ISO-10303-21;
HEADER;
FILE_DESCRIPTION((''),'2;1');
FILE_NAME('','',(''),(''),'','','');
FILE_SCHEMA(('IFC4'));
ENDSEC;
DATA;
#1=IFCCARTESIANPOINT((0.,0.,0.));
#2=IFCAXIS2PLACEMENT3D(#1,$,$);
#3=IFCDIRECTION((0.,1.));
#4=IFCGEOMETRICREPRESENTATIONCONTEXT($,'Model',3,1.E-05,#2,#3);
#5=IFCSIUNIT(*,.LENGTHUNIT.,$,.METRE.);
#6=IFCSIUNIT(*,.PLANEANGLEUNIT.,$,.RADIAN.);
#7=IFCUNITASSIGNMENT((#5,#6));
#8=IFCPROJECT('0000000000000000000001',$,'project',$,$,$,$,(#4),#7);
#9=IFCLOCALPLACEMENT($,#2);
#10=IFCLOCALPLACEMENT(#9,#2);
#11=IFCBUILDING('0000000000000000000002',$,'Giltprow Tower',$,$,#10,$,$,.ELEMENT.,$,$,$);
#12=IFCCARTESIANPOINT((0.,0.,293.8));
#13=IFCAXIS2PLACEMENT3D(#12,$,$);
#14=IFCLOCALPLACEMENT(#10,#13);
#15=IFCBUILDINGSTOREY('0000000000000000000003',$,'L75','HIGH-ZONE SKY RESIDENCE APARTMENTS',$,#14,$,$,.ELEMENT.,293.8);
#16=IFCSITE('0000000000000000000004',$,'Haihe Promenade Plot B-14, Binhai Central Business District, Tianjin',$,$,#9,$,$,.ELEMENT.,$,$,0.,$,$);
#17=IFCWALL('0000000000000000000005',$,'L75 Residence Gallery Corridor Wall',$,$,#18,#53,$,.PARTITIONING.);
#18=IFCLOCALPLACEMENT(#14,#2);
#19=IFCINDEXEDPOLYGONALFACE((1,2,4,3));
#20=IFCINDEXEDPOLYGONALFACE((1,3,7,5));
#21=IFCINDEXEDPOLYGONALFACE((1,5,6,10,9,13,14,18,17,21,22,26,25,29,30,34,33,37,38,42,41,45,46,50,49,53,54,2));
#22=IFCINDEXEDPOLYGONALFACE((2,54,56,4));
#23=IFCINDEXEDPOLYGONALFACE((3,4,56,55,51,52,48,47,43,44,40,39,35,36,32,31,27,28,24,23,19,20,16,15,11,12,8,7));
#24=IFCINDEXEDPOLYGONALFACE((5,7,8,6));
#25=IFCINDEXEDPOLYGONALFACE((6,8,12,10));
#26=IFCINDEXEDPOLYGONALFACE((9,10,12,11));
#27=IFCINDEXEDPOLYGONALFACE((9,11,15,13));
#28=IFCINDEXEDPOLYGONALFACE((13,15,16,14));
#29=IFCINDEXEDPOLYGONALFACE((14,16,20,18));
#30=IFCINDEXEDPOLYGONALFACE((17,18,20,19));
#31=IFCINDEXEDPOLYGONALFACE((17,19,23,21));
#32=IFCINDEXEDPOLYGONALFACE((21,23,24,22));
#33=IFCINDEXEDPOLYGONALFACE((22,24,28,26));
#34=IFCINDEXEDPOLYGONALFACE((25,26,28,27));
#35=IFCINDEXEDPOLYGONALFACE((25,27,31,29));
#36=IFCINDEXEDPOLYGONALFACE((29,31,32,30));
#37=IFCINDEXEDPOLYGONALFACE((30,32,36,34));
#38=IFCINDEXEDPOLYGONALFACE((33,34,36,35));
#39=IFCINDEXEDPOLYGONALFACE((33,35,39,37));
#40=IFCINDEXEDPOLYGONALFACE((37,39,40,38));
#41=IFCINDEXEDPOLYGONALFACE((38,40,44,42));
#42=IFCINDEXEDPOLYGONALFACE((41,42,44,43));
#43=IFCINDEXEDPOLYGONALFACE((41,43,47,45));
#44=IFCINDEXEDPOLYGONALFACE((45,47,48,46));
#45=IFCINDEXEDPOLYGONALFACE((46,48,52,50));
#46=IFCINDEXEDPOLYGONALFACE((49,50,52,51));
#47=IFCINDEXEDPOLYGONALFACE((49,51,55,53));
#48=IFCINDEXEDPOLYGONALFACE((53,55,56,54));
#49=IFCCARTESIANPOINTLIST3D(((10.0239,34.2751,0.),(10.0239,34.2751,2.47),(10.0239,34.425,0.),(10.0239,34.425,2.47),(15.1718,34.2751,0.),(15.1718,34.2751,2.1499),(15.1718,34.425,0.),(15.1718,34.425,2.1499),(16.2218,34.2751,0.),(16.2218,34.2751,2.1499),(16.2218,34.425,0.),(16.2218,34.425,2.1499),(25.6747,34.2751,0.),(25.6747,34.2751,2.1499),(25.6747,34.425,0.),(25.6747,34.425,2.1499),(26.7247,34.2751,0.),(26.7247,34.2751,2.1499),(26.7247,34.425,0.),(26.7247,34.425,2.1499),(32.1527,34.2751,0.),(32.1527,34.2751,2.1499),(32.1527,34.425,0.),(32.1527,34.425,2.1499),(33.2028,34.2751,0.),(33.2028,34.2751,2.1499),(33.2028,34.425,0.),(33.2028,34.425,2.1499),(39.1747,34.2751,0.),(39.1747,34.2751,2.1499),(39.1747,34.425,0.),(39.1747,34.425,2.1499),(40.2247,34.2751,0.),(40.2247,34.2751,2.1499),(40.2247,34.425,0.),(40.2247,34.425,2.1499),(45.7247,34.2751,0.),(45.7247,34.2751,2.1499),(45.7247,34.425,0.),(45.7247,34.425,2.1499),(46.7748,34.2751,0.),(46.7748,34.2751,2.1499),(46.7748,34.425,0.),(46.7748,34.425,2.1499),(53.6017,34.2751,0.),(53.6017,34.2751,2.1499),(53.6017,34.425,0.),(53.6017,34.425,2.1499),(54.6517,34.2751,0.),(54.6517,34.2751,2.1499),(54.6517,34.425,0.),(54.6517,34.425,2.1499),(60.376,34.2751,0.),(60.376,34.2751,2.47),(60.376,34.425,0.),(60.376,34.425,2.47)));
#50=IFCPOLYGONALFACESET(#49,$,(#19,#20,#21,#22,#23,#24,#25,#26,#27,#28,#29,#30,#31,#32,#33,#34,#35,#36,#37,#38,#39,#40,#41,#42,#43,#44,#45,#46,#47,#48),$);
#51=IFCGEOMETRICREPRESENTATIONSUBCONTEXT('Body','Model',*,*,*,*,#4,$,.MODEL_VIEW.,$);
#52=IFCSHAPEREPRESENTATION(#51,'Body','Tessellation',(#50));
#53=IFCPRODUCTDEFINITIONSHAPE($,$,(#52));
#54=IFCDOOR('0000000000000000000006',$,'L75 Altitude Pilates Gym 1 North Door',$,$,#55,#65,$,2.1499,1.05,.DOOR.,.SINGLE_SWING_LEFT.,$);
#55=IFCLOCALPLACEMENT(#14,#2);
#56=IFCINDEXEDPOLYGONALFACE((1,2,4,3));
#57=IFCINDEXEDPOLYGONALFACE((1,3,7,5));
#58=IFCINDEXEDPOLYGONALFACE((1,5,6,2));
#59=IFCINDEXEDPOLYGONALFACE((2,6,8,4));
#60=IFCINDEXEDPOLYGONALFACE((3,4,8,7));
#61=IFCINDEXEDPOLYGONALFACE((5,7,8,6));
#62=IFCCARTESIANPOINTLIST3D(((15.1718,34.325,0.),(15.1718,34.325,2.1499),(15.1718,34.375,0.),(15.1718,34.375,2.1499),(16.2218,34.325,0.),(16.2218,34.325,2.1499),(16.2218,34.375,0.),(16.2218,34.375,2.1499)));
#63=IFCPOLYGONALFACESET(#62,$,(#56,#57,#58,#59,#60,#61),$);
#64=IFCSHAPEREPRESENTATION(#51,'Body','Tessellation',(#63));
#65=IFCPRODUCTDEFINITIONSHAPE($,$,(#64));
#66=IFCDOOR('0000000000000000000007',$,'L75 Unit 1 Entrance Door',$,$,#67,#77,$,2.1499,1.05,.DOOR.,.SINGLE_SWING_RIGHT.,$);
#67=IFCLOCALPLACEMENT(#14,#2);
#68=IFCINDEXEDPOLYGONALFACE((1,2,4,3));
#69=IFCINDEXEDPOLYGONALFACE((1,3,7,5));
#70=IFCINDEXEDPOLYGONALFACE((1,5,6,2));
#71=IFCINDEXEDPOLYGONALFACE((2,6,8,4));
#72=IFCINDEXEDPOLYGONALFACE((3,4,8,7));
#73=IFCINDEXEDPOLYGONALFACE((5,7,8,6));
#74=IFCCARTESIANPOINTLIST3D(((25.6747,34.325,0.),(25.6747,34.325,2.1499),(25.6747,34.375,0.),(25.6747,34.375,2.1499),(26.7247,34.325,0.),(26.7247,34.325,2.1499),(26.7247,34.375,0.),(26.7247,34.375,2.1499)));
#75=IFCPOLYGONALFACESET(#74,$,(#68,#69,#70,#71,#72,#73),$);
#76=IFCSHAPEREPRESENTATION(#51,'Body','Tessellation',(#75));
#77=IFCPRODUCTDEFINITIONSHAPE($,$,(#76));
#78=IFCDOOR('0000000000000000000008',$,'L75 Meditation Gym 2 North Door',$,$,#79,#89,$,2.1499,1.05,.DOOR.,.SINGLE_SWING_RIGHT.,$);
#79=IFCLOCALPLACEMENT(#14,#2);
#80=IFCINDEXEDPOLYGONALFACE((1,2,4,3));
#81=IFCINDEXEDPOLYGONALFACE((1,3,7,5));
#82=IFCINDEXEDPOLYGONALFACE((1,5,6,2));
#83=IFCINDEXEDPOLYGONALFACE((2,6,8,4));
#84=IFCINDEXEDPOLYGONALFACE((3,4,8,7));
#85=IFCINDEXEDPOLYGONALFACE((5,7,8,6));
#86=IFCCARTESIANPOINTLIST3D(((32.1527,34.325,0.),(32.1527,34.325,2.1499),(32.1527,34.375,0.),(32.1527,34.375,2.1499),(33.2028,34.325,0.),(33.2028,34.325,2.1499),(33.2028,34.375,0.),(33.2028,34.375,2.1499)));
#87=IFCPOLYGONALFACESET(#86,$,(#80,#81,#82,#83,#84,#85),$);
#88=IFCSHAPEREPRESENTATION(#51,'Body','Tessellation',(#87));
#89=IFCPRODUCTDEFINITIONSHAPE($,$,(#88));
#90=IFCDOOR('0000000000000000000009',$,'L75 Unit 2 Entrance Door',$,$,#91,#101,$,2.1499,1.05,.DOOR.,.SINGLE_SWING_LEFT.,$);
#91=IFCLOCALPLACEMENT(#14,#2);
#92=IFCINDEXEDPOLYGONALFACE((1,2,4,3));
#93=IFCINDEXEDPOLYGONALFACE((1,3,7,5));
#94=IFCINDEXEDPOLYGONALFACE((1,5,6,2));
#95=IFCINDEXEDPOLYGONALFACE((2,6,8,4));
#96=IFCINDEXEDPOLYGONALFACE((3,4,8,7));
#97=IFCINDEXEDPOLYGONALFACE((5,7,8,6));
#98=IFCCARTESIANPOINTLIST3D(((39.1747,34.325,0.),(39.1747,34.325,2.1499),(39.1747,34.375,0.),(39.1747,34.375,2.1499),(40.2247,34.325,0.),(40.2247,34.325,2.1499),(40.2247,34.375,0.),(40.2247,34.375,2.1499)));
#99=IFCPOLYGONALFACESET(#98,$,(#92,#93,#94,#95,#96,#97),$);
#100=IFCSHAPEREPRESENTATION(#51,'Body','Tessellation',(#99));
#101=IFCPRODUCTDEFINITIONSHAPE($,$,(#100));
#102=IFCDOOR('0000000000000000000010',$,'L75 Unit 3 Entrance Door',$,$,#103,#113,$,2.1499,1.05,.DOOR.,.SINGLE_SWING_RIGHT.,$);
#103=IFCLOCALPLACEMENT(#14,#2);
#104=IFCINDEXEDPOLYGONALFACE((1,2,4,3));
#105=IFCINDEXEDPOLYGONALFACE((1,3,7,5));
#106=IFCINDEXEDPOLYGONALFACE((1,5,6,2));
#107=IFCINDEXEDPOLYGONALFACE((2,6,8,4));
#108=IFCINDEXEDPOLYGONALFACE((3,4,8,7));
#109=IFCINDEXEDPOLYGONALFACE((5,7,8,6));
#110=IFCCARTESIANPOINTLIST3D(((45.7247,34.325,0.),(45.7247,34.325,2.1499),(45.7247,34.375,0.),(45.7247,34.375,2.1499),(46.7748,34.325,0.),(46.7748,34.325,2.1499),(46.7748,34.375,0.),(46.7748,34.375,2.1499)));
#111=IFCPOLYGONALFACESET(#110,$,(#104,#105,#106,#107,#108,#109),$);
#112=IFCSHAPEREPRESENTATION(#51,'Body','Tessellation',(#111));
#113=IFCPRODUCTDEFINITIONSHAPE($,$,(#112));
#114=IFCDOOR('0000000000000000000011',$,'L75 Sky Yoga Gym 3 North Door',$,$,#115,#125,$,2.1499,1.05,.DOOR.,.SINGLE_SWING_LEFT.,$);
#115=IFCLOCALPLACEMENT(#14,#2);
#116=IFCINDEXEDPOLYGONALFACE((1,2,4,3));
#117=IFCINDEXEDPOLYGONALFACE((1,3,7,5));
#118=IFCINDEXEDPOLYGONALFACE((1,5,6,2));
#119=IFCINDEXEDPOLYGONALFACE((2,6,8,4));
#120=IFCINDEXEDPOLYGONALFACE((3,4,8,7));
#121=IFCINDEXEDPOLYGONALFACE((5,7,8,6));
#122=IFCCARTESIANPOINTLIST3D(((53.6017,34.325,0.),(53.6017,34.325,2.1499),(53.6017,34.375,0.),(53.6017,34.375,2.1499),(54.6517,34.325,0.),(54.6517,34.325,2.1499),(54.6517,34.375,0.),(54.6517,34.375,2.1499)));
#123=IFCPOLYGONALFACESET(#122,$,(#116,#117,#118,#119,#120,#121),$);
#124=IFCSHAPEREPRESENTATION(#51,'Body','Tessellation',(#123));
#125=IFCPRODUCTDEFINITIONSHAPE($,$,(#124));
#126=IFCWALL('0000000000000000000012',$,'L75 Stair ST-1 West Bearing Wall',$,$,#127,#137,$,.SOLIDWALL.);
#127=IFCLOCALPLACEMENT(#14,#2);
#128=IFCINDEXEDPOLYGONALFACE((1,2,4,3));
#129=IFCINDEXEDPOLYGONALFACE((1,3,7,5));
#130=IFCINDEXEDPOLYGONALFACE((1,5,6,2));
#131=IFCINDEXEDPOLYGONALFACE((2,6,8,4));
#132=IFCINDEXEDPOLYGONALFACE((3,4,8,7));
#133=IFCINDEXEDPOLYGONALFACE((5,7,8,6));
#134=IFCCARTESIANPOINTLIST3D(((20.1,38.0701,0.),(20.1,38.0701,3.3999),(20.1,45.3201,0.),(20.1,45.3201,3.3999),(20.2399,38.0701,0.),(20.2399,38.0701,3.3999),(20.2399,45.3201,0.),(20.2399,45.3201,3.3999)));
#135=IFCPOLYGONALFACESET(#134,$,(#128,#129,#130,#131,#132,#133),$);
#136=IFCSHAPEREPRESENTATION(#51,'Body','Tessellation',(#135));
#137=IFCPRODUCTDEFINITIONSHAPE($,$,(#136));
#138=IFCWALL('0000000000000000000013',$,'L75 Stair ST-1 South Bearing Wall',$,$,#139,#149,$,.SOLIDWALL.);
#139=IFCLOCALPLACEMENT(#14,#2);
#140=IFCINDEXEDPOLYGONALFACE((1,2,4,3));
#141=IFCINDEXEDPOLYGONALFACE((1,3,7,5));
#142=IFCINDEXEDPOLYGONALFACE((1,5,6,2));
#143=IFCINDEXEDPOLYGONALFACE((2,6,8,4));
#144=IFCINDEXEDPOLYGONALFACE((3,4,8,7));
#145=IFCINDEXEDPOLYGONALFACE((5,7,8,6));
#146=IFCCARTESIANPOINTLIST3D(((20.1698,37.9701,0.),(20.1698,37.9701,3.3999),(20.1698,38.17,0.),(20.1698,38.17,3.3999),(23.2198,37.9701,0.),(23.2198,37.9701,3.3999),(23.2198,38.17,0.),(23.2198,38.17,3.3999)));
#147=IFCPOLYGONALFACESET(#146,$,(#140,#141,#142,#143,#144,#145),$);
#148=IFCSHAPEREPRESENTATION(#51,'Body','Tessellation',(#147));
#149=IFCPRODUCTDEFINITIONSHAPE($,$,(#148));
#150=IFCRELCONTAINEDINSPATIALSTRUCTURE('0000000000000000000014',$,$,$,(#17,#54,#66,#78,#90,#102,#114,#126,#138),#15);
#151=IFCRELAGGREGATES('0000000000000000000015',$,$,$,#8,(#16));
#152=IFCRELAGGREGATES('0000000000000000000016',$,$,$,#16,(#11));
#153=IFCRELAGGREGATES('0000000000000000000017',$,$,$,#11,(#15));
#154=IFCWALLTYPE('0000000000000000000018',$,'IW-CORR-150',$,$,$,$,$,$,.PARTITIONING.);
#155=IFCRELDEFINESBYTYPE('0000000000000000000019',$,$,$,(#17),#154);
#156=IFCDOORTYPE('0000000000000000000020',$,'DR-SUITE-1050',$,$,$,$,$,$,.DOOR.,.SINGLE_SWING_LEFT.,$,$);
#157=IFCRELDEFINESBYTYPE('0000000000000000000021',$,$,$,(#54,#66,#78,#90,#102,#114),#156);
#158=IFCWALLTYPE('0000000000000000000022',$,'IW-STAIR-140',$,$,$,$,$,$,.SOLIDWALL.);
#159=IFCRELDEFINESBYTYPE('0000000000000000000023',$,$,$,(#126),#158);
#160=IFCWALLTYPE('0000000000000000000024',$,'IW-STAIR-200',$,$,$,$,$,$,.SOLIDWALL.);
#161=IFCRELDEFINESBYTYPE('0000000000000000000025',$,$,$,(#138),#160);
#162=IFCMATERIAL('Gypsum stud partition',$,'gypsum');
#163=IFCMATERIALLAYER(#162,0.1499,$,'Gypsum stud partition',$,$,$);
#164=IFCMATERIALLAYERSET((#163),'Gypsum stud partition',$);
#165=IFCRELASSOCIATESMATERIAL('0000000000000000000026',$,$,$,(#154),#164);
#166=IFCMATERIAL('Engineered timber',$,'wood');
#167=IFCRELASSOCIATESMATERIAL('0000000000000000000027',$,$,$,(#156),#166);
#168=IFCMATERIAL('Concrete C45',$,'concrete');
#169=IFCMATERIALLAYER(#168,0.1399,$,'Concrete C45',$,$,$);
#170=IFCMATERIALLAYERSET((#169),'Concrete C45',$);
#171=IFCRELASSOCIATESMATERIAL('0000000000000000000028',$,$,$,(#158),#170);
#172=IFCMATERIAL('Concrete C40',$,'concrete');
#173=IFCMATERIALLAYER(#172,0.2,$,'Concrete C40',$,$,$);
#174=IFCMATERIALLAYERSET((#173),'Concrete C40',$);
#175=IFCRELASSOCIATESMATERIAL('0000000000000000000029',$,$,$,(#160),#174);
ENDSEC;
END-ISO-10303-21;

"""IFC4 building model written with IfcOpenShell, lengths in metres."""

from ifc_helpers import new_model, si_unit, direction, frame, frame_2d, origin, place, context, subcontext, project, spatial, rectangle, extrude, source, transform, mapped, material, layer, layer_set, type_object, element, fill, save


model = new_model("IFC4")

# Units and contexts
model_context = context("Model", 3, precision=1e-05, world=origin(), true_north=direction((0.0, 1.0)))
body_context = subcontext(model_context, "Body", "Model", "MODEL_VIEW")
ifc_project = project(units=[si_unit("LENGTHUNIT", "METRE"), si_unit("PLANEANGLEUNIT", "RADIAN")], contexts=[model_context])

# Site, building, storey
site_placement = place(None, origin())
site = spatial("IfcSite", under=ifc_project, at=site_placement, Name="Haihe Promenade Plot B-14, Binhai Central Business District, Tianjin", CompositionType="ELEMENT", RefElevation=0.0)
building_placement = place(site_placement, origin())
building = spatial("IfcBuilding", under=site, at=building_placement, Name="Giltprow Tower", CompositionType="ELEMENT")
storey_placement = place(building_placement, frame((0.0, 0.0, 293.8)))
storey = spatial("IfcBuildingStorey", under=building, at=storey_placement, Name="L75", Description="HIGH-ZONE SKY RESIDENCE APARTMENTS", CompositionType="ELEMENT", Elevation=293.8)

# Shared definitions
ifc_material_1 = material(Name="Concrete C45", Category="concrete")

# Wall, openings, doors
ifc_material_2 = material(Name="Gypsum stud partition", Category="gypsum")
ifc_layer_1 = layer(ifc_material_2, 0.1499, Name="Gypsum stud partition")
ifc_layer_set_1 = layer_set([ifc_layer_1], Name="Gypsum stud partition")
wall_type_1 = type_object("IfcWallType", Name="IW-CORR-150", PredefinedType="PARTITIONING", material=ifc_layer_set_1)
wall_1_placement = place(storey_placement, frame((10.0239, 34.3501, 0.0), z_axis=(0.0, 0.0, 1.0), x_axis=(1.0, 0.0, 0.0)))
wall_1 = element("IfcWall", 1, at=wall_1_placement, inside=storey, type_object=wall_type_1, Name="L75 Residence Gallery Corridor Wall", PredefinedType="PARTITIONING", context=body_context, shape_type="SweptSolid", body=[
    extrude(rectangle(XDim=50.3521, YDim=0.1499, at=frame_2d((25.176, 0.0))), origin(), (0.0, 0.0, 1.0), 2.47),
])
opening_1_placement = place(wall_1_placement, frame((5.1479, 0.0, 0.0)))
opening_1 = element("IfcOpeningElement", 2, at=opening_1_placement, cuts=wall_1, PredefinedType="OPENING", context=body_context, shape_type="SweptSolid", body=[
    extrude(rectangle(XDim=1.05, YDim=2.1499, at=frame_2d((0.5249, 1.075))), frame((0.0, 0.085, 0.0), z_axis=(0.0, -1.0, 0.0), x_axis=(1.0, 0.0, 0.0)), (0.0, 0.0, 1.0), 0.1699),
])
opening_2_placement = place(wall_1_placement, frame((15.6509, 0.0, 0.0)))
opening_2 = element("IfcOpeningElement", 3, at=opening_2_placement, cuts=wall_1, PredefinedType="OPENING", context=body_context, shape_type="SweptSolid", body=[
    extrude(rectangle(XDim=1.05, YDim=2.1499, at=frame_2d((0.5249, 1.075))), frame((0.0, 0.085, 0.0), z_axis=(0.0, -1.0, 0.0), x_axis=(1.0, 0.0, 0.0)), (0.0, 0.0, 1.0), 0.1699),
])
opening_3_placement = place(wall_1_placement, frame((22.1289, 0.0, 0.0)))
opening_3 = element("IfcOpeningElement", 4, at=opening_3_placement, cuts=wall_1, PredefinedType="OPENING", context=body_context, shape_type="SweptSolid", body=[
    extrude(rectangle(XDim=1.05, YDim=2.1499, at=frame_2d((0.5249, 1.075))), frame((0.0, 0.085, 0.0), z_axis=(0.0, -1.0, 0.0), x_axis=(1.0, 0.0, 0.0)), (0.0, 0.0, 1.0), 0.1699),
])
opening_4_placement = place(wall_1_placement, frame((29.1509, 0.0, 0.0)))
opening_4 = element("IfcOpeningElement", 5, at=opening_4_placement, cuts=wall_1, PredefinedType="OPENING", context=body_context, shape_type="SweptSolid", body=[
    extrude(rectangle(XDim=1.05, YDim=2.1499, at=frame_2d((0.5249, 1.075))), frame((0.0, 0.085, 0.0), z_axis=(0.0, -1.0, 0.0), x_axis=(1.0, 0.0, 0.0)), (0.0, 0.0, 1.0), 0.1699),
])
opening_5_placement = place(wall_1_placement, frame((35.7009, 0.0, 0.0)))
opening_5 = element("IfcOpeningElement", 6, at=opening_5_placement, cuts=wall_1, PredefinedType="OPENING", context=body_context, shape_type="SweptSolid", body=[
    extrude(rectangle(XDim=1.05, YDim=2.1499, at=frame_2d((0.5249, 1.075))), frame((0.0, 0.085, 0.0), z_axis=(0.0, -1.0, 0.0), x_axis=(1.0, 0.0, 0.0)), (0.0, 0.0, 1.0), 0.1699),
])
opening_6_placement = place(wall_1_placement, frame((43.5779, 0.0, 0.0)))
opening_6 = element("IfcOpeningElement", 7, at=opening_6_placement, cuts=wall_1, PredefinedType="OPENING", context=body_context, shape_type="SweptSolid", body=[
    extrude(rectangle(XDim=1.05, YDim=2.1499, at=frame_2d((0.5249, 1.075))), frame((0.0, 0.085, 0.0), z_axis=(0.0, -1.0, 0.0), x_axis=(1.0, 0.0, 0.0)), (0.0, 0.0, 1.0), 0.1699),
])
ifc_material_3 = material(Name="Engineered timber", Category="wood")
door_type_1 = type_object("IfcDoorType", Name="DR-SUITE-1050", OperationType="SINGLE_SWING_LEFT", PredefinedType="DOOR", material=ifc_material_3)
shared_shape_1 = source(origin(), body_context, "Body", "SweptSolid", [
    extrude(rectangle(XDim=1.05, YDim=2.1499, at=frame_2d((0.5249, 1.075))), frame((0.0, 0.0249, 0.0), z_axis=(0.0, -1.0, 0.0), x_axis=(1.0, 0.0, 0.0)), (0.0, 0.0, 1.0), 0.05),
])
door_1_placement = place(opening_1_placement, origin())
door_1 = element("IfcDoor", 8, at=door_1_placement, inside=storey, type_object=door_type_1, Name="L75 Altitude Pilates Gym 1 North Door", OperationType="SINGLE_SWING_LEFT", OverallHeight=2.1499, OverallWidth=1.05, PredefinedType="DOOR", context=body_context, shape_type="MappedRepresentation", body=[
    mapped(shared_shape_1, transform((0.0, 0.0, 0.0), x_axis=(1.0, 0.0, 0.0), y_axis=(0.0, 1.0, 0.0), z_axis=(0.0, 0.0, 1.0), scale=1.0)),
])
fill(opening_1, door_1)
door_2_placement = place(opening_2_placement, origin())
door_2 = element("IfcDoor", 9, at=door_2_placement, inside=storey, type_object=door_type_1, Name="L75 Unit 1 Entrance Door", OperationType="SINGLE_SWING_RIGHT", OverallHeight=2.1499, OverallWidth=1.05, PredefinedType="DOOR", context=body_context, shape_type="MappedRepresentation", body=[
    mapped(shared_shape_1, transform((0.0, 0.0, 0.0), x_axis=(1.0, 0.0, 0.0), y_axis=(0.0, 1.0, 0.0), z_axis=(0.0, 0.0, 1.0), scale=1.0)),
])
fill(opening_2, door_2)
door_3_placement = place(opening_3_placement, origin())
door_3 = element("IfcDoor", 10, at=door_3_placement, inside=storey, type_object=door_type_1, Name="L75 Meditation Gym 2 North Door", OperationType="SINGLE_SWING_RIGHT", OverallHeight=2.1499, OverallWidth=1.05, PredefinedType="DOOR", context=body_context, shape_type="MappedRepresentation", body=[
    mapped(shared_shape_1, transform((0.0, 0.0, 0.0), x_axis=(1.0, 0.0, 0.0), y_axis=(0.0, 1.0, 0.0), z_axis=(0.0, 0.0, 1.0), scale=1.0)),
])
fill(opening_3, door_3)
door_4_placement = place(opening_4_placement, origin())
door_4 = element("IfcDoor", 11, at=door_4_placement, inside=storey, type_object=door_type_1, Name="L75 Unit 2 Entrance Door", OperationType="SINGLE_SWING_LEFT", OverallHeight=2.1499, OverallWidth=1.05, PredefinedType="DOOR", context=body_context, shape_type="MappedRepresentation", body=[
    mapped(shared_shape_1, transform((0.0, 0.0, 0.0), x_axis=(1.0, 0.0, 0.0), y_axis=(0.0, 1.0, 0.0), z_axis=(0.0, 0.0, 1.0), scale=1.0)),
])
fill(opening_4, door_4)
door_5_placement = place(opening_5_placement, origin())
door_5 = element("IfcDoor", 12, at=door_5_placement, inside=storey, type_object=door_type_1, Name="L75 Unit 3 Entrance Door", OperationType="SINGLE_SWING_RIGHT", OverallHeight=2.1499, OverallWidth=1.05, PredefinedType="DOOR", context=body_context, shape_type="MappedRepresentation", body=[
    mapped(shared_shape_1, transform((0.0, 0.0, 0.0), x_axis=(1.0, 0.0, 0.0), y_axis=(0.0, 1.0, 0.0), z_axis=(0.0, 0.0, 1.0), scale=1.0)),
])
fill(opening_5, door_5)
door_6_placement = place(opening_6_placement, origin())
door_6 = element("IfcDoor", 13, at=door_6_placement, inside=storey, type_object=door_type_1, Name="L75 Sky Yoga Gym 3 North Door", OperationType="SINGLE_SWING_LEFT", OverallHeight=2.1499, OverallWidth=1.05, PredefinedType="DOOR", context=body_context, shape_type="MappedRepresentation", body=[
    mapped(shared_shape_1, transform((0.0, 0.0, 0.0), x_axis=(1.0, 0.0, 0.0), y_axis=(0.0, 1.0, 0.0), z_axis=(0.0, 0.0, 1.0), scale=1.0)),
])
fill(opening_6, door_6)

# Walls
ifc_layer_2 = layer(ifc_material_1, 0.1399, Name="Concrete C45")
ifc_layer_set_2 = layer_set([ifc_layer_2], Name="Concrete C45")
wall_type_2 = type_object("IfcWallType", Name="IW-STAIR-140", PredefinedType="SOLIDWALL", material=ifc_layer_set_2)
wall_2_placement = place(storey_placement, frame((20.1699, 38.0701, 0.0), z_axis=(0.0, 0.0, 1.0), x_axis=(0.0, 1.0, 0.0)))
element("IfcWall", 14, at=wall_2_placement, inside=storey, type_object=wall_type_2, Name="L75 Stair ST-1 West Bearing Wall", PredefinedType="SOLIDWALL", context=body_context, shape_type="SweptSolid", body=[
    extrude(rectangle(XDim=7.25, YDim=0.1399, at=frame_2d((3.625, 0.0))), origin(), (0.0, 0.0, 1.0), 3.3999),
])
ifc_material_4 = material(Name="Concrete C40", Category="concrete")
ifc_layer_3 = layer(ifc_material_4, 0.2, Name="Concrete C40")
ifc_layer_set_3 = layer_set([ifc_layer_3], Name="Concrete C40")
wall_type_3 = type_object("IfcWallType", Name="IW-STAIR-200", PredefinedType="SOLIDWALL", material=ifc_layer_set_3)
wall_3_placement = place(storey_placement, frame((20.1699, 38.0701, 0.0), z_axis=(0.0, 0.0, 1.0), x_axis=(1.0, 0.0, 0.0)))
element("IfcWall", 15, at=wall_3_placement, inside=storey, type_object=wall_type_3, Name="L75 Stair ST-1 South Bearing Wall", PredefinedType="SOLIDWALL", context=body_context, shape_type="SweptSolid", body=[
    extrude(rectangle(XDim=3.05, YDim=0.2, at=frame_2d((1.5249, 0.0))), origin(), (0.0, 0.0, 1.0), 3.3999),
])

save(model, "model.ifc")
